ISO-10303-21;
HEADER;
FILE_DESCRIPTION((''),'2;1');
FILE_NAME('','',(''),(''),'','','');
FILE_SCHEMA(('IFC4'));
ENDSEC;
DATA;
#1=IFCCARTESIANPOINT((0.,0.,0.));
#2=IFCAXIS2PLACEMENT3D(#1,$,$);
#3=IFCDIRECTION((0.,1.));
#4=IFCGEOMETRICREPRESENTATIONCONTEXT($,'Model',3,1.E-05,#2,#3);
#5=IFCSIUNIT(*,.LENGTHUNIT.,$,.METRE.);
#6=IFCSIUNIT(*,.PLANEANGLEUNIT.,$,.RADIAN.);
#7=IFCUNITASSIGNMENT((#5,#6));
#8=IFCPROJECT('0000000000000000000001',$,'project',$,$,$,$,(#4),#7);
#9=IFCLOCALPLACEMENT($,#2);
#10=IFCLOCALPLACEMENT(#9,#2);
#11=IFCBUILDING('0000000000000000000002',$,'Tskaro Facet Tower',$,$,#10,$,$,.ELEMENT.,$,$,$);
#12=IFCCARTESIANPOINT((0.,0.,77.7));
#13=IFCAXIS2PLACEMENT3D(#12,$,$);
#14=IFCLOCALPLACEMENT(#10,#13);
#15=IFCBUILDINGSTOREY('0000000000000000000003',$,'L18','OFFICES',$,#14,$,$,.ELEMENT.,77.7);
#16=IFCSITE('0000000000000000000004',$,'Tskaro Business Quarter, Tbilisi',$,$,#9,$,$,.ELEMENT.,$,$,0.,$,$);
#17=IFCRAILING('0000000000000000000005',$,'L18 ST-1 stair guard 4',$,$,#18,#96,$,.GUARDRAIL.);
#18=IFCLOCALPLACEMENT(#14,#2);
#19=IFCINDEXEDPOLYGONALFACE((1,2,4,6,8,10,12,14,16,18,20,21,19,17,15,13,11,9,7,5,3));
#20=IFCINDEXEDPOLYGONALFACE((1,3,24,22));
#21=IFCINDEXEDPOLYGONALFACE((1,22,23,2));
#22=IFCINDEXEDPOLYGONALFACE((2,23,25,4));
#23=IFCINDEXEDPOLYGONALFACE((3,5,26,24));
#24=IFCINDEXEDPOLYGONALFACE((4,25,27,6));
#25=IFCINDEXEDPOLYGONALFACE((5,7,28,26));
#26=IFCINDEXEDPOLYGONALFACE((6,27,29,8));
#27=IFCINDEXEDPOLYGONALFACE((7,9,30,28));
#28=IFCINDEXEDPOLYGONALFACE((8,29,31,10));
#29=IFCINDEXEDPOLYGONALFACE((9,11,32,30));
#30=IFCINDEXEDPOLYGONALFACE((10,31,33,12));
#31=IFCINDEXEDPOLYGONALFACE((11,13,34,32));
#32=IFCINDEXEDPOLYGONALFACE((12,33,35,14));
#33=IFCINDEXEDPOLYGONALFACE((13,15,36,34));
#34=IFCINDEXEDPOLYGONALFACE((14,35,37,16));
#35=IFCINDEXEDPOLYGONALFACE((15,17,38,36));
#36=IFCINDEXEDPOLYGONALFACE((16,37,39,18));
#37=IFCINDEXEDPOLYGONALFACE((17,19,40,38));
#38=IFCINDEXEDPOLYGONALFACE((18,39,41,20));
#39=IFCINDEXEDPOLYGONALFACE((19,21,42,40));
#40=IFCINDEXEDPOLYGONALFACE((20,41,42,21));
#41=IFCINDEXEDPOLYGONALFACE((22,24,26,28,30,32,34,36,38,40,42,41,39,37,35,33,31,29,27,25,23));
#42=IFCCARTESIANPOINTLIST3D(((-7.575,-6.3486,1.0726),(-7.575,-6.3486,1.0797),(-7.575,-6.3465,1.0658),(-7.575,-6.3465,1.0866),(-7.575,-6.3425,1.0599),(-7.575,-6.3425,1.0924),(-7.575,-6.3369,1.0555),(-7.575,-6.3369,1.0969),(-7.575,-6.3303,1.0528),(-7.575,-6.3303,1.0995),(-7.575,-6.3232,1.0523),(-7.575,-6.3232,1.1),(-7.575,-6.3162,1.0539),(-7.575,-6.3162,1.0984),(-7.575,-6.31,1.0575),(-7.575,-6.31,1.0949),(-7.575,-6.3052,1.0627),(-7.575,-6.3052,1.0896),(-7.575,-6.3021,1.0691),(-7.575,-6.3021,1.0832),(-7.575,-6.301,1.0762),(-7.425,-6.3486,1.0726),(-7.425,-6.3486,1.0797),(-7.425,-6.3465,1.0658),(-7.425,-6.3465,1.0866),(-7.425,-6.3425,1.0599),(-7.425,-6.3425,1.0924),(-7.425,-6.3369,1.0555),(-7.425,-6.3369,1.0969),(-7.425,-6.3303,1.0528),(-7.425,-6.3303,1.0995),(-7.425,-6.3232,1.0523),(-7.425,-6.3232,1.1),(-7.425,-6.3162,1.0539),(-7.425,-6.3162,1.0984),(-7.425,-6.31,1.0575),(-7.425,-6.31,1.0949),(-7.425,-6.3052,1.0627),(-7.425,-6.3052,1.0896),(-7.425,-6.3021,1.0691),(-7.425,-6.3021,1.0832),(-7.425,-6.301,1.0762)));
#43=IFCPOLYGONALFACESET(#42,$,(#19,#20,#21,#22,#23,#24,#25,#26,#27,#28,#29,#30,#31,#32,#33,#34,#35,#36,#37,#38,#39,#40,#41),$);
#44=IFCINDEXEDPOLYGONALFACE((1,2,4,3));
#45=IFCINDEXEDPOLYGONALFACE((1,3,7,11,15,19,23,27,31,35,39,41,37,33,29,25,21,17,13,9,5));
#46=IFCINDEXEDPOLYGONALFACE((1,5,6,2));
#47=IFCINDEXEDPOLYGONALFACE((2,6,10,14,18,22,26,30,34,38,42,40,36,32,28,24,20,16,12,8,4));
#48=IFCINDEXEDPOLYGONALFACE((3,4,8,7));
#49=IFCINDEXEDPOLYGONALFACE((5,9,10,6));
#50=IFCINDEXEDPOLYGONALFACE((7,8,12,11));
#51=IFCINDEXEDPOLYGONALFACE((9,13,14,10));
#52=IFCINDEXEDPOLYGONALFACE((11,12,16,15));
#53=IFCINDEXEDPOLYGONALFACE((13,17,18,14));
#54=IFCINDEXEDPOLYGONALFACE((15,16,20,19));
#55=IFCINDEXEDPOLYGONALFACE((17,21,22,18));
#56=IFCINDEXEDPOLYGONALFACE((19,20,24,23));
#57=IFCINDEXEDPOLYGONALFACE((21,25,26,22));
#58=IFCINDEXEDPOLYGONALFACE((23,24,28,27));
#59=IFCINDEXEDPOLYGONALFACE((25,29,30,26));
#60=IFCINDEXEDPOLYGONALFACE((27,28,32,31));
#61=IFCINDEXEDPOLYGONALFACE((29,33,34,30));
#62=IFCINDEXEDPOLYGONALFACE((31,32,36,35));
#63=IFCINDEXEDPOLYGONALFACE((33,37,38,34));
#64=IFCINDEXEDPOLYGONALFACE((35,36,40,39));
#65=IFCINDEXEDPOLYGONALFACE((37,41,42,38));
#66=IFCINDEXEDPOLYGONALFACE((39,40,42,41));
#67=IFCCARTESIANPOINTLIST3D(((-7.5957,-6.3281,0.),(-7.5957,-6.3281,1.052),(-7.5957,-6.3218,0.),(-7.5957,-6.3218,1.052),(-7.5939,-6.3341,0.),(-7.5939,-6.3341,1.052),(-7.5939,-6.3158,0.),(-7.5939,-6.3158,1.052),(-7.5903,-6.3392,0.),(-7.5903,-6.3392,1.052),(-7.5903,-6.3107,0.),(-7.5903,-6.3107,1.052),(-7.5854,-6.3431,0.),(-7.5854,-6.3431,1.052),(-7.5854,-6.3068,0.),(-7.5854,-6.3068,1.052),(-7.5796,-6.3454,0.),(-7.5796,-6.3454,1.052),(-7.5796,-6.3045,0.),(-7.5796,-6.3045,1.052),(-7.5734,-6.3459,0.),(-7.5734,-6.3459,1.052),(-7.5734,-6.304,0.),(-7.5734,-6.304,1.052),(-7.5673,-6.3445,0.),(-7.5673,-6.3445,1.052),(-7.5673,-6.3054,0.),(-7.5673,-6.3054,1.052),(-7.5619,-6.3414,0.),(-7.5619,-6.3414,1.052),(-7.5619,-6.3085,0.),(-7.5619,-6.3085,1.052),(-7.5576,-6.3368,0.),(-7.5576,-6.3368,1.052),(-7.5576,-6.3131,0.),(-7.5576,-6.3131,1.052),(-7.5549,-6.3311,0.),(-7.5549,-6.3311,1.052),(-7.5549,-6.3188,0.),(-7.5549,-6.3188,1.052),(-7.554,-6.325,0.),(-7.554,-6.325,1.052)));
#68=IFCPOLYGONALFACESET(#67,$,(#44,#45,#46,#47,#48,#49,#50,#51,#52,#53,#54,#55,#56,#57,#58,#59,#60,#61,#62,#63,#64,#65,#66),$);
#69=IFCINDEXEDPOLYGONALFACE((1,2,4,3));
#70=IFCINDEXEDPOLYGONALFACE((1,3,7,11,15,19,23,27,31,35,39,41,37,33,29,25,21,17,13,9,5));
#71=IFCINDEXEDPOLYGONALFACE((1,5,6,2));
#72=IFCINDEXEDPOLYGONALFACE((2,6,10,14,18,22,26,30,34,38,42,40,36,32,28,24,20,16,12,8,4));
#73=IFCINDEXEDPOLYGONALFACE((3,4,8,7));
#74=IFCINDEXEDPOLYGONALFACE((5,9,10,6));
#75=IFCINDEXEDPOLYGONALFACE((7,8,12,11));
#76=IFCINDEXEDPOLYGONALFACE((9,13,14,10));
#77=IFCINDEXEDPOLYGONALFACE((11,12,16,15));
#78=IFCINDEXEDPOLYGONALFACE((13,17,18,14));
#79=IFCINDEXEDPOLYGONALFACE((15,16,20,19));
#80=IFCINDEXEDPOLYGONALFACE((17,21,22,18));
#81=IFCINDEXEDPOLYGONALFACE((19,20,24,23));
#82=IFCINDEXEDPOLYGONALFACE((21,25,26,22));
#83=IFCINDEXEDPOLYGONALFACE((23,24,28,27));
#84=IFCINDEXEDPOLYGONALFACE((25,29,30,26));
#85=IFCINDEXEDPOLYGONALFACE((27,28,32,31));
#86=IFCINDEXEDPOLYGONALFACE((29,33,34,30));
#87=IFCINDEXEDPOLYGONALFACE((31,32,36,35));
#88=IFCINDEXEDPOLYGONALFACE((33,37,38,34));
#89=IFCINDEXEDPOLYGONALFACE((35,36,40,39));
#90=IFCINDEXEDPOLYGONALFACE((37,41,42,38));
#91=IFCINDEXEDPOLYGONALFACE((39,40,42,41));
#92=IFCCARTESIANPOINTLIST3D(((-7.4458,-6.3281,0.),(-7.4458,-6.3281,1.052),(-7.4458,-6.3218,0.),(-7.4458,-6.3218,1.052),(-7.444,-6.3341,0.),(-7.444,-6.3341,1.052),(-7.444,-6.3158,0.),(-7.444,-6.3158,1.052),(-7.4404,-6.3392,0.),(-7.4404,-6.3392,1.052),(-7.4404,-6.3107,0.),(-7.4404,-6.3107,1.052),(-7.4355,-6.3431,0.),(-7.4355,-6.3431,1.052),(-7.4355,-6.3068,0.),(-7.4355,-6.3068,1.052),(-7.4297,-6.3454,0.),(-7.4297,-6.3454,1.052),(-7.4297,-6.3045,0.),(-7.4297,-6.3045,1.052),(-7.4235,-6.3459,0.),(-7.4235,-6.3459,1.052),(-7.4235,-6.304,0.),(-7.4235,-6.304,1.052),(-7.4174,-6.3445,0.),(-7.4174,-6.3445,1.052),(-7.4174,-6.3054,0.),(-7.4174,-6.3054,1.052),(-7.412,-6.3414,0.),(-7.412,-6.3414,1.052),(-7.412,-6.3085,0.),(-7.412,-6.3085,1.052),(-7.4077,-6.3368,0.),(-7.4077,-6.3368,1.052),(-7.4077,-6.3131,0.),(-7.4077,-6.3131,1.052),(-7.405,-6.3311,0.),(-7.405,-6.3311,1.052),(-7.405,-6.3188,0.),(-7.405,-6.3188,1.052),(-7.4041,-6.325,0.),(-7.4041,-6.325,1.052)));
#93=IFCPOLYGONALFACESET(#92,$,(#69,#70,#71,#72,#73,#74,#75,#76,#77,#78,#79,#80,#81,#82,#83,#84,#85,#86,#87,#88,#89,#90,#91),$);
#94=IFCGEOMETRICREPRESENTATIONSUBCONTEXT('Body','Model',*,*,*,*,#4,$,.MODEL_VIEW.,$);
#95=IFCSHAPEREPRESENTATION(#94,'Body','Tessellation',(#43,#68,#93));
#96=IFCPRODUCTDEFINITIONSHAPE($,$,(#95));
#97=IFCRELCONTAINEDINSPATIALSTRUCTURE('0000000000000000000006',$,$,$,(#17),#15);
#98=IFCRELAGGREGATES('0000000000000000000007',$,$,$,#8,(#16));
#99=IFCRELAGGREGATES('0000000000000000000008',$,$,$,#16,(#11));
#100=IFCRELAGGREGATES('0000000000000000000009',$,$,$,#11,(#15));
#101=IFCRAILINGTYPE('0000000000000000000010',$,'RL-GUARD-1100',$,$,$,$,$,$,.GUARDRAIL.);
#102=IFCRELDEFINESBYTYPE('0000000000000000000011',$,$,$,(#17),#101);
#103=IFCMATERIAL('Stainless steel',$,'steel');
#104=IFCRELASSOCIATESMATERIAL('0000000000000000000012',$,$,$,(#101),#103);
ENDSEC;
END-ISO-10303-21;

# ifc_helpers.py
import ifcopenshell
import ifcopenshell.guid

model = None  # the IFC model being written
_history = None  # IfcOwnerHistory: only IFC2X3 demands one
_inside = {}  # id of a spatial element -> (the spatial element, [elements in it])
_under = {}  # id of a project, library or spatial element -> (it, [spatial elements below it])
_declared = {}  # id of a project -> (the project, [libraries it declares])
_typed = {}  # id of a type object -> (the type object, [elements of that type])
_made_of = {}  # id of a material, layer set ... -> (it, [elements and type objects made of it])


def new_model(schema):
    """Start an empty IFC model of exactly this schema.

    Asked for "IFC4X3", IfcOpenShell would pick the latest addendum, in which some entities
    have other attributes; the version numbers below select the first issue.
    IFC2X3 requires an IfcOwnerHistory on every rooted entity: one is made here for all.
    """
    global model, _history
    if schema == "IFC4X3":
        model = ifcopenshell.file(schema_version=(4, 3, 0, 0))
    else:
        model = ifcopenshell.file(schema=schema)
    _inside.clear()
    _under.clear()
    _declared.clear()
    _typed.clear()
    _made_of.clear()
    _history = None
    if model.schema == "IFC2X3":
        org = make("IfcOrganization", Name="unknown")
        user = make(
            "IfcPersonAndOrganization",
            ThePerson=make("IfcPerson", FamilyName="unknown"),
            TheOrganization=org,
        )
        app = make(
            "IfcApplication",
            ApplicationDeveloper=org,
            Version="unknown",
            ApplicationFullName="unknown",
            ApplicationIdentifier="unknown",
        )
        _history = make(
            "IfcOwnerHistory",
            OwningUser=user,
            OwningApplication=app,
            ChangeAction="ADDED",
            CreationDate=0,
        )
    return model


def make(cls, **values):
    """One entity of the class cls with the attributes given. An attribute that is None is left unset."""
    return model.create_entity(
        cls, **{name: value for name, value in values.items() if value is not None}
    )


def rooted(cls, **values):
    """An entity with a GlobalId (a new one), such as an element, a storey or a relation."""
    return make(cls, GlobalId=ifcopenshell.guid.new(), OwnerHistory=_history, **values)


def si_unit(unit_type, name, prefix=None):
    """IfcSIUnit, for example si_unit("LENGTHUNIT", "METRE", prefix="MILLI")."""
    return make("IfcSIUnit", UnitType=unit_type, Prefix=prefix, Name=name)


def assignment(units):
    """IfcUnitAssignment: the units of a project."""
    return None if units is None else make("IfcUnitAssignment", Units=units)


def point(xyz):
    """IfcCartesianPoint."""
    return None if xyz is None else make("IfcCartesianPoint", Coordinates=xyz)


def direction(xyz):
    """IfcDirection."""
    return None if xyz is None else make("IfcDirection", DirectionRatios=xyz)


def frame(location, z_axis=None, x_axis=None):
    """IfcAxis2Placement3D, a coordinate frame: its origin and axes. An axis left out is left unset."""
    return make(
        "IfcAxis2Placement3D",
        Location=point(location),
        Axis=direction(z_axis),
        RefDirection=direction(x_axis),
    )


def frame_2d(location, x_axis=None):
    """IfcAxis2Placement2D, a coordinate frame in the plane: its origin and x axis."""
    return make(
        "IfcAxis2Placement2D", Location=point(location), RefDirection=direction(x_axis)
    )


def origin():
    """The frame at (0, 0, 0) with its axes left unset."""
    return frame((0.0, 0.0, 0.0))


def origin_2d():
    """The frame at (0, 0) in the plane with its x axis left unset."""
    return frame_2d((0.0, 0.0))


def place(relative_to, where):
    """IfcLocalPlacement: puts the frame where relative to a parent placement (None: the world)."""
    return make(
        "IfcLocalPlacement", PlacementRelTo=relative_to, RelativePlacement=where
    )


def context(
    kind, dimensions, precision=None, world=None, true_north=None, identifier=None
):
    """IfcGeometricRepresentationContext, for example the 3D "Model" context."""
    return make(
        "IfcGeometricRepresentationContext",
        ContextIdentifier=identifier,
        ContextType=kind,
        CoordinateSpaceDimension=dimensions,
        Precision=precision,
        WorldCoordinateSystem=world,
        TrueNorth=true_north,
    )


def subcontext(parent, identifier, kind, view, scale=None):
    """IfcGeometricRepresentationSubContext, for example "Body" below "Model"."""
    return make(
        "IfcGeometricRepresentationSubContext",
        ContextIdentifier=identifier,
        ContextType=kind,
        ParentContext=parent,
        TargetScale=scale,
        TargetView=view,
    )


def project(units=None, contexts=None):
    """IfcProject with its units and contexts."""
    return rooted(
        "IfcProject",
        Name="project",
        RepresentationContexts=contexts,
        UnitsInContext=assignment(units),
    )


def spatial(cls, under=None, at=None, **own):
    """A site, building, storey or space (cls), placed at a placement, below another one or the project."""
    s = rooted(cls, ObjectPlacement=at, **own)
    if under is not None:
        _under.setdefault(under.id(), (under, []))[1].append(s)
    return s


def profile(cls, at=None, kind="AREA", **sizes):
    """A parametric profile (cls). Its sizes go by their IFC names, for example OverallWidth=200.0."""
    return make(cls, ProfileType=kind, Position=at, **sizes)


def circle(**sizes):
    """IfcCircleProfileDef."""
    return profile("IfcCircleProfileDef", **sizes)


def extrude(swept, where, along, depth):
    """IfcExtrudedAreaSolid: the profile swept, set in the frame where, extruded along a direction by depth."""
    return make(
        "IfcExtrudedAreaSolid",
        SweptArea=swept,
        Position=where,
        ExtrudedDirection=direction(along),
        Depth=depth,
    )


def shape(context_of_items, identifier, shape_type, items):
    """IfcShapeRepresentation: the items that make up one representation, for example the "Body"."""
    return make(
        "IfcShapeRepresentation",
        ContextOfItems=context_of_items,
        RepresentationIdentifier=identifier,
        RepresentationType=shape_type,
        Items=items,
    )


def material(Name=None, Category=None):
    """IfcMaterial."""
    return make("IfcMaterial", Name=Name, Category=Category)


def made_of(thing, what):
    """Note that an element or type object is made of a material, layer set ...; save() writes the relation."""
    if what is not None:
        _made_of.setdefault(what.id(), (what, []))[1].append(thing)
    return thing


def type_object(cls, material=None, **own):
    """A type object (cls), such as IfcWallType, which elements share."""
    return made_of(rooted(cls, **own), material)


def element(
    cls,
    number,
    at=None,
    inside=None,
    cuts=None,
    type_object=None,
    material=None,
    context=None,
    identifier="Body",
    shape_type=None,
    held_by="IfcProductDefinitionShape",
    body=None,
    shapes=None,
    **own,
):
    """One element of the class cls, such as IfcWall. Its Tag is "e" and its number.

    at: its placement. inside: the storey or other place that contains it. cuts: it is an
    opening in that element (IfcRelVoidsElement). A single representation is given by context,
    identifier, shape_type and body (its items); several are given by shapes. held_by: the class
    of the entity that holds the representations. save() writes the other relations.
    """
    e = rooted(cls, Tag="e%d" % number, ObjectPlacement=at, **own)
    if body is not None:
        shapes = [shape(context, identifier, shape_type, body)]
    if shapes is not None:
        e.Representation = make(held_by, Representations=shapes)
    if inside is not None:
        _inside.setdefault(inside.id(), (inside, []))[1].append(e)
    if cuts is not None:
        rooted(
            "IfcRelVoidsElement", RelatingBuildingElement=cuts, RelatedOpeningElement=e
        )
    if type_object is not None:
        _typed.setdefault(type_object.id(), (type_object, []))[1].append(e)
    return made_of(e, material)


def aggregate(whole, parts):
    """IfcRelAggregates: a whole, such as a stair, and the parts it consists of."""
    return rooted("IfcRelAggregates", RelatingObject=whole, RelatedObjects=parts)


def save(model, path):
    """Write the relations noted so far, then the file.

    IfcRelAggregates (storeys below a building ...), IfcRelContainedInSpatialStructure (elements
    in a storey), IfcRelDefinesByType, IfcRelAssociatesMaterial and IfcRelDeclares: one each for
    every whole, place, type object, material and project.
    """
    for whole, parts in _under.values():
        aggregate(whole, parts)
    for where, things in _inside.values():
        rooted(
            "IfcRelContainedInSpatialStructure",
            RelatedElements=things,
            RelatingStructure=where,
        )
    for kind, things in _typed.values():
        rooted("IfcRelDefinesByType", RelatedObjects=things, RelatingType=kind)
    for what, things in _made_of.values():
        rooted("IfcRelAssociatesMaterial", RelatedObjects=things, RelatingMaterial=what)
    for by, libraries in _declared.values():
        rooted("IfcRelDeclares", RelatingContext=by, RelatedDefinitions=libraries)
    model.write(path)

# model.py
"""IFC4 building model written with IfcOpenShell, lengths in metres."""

from ifc_helpers import new_model, si_unit, direction, frame, origin, origin_2d, place, context, subcontext, project, spatial, circle, extrude, material, type_object, element, save


model = new_model("IFC4")

# Units and contexts
model_context = context("Model", 3, precision=1e-05, world=origin(), true_north=direction((0.0, 1.0)))
body_context = subcontext(model_context, "Body", "Model", "MODEL_VIEW")
ifc_project = project(units=[si_unit("LENGTHUNIT", "METRE"), si_unit("PLANEANGLEUNIT", "RADIAN")], contexts=[model_context])

# Site, building, storey
site_placement = place(None, origin())
site = spatial("IfcSite", under=ifc_project, at=site_placement, Name="Tskaro Business Quarter, Tbilisi", CompositionType="ELEMENT", RefElevation=0.0)
building_placement = place(site_placement, origin())
building = spatial("IfcBuilding", under=site, at=building_placement, Name="Tskaro Facet Tower", CompositionType="ELEMENT")
storey_placement = place(building_placement, frame((0.0, 0.0, 77.7)))
storey = spatial("IfcBuildingStorey", under=building, at=storey_placement, Name="L18", Description="OFFICES", CompositionType="ELEMENT", Elevation=77.7)

# Shared definitions
ifc_material_1 = material(Name="Stainless steel", Category="steel")

# Railing
railing_type_1 = type_object("IfcRailingType", Name="RL-GUARD-1100", PredefinedType="GUARDRAIL", material=ifc_material_1)
railing_1_placement = place(storey_placement, frame((-7.575, -6.325, 0.0)))
element("IfcRailing", 1, at=railing_1_placement, inside=storey, type_object=railing_type_1, Name="L18 ST-1 stair guard 4", PredefinedType="GUARDRAIL", context=body_context, shape_type="SweptSolid", body=[
    extrude(circle(Radius=0.0239, at=origin_2d()), frame((0.0, 0.0, 1.0762), z_axis=(1.0, 0.0, 0.0), x_axis=(0.0, 1.0, 0.0)), (0.0, 0.0, 1.0), 0.1499),
    extrude(circle(Radius=0.021, at=origin_2d()), origin(), (0.0, 0.0, 1.0), 1.052),
    extrude(circle(Radius=0.021, at=origin_2d()), frame((0.1499, 0.0, 0.0)), (0.0, 0.0, 1.0), 1.052),
])

save(model, "model.ifc")
